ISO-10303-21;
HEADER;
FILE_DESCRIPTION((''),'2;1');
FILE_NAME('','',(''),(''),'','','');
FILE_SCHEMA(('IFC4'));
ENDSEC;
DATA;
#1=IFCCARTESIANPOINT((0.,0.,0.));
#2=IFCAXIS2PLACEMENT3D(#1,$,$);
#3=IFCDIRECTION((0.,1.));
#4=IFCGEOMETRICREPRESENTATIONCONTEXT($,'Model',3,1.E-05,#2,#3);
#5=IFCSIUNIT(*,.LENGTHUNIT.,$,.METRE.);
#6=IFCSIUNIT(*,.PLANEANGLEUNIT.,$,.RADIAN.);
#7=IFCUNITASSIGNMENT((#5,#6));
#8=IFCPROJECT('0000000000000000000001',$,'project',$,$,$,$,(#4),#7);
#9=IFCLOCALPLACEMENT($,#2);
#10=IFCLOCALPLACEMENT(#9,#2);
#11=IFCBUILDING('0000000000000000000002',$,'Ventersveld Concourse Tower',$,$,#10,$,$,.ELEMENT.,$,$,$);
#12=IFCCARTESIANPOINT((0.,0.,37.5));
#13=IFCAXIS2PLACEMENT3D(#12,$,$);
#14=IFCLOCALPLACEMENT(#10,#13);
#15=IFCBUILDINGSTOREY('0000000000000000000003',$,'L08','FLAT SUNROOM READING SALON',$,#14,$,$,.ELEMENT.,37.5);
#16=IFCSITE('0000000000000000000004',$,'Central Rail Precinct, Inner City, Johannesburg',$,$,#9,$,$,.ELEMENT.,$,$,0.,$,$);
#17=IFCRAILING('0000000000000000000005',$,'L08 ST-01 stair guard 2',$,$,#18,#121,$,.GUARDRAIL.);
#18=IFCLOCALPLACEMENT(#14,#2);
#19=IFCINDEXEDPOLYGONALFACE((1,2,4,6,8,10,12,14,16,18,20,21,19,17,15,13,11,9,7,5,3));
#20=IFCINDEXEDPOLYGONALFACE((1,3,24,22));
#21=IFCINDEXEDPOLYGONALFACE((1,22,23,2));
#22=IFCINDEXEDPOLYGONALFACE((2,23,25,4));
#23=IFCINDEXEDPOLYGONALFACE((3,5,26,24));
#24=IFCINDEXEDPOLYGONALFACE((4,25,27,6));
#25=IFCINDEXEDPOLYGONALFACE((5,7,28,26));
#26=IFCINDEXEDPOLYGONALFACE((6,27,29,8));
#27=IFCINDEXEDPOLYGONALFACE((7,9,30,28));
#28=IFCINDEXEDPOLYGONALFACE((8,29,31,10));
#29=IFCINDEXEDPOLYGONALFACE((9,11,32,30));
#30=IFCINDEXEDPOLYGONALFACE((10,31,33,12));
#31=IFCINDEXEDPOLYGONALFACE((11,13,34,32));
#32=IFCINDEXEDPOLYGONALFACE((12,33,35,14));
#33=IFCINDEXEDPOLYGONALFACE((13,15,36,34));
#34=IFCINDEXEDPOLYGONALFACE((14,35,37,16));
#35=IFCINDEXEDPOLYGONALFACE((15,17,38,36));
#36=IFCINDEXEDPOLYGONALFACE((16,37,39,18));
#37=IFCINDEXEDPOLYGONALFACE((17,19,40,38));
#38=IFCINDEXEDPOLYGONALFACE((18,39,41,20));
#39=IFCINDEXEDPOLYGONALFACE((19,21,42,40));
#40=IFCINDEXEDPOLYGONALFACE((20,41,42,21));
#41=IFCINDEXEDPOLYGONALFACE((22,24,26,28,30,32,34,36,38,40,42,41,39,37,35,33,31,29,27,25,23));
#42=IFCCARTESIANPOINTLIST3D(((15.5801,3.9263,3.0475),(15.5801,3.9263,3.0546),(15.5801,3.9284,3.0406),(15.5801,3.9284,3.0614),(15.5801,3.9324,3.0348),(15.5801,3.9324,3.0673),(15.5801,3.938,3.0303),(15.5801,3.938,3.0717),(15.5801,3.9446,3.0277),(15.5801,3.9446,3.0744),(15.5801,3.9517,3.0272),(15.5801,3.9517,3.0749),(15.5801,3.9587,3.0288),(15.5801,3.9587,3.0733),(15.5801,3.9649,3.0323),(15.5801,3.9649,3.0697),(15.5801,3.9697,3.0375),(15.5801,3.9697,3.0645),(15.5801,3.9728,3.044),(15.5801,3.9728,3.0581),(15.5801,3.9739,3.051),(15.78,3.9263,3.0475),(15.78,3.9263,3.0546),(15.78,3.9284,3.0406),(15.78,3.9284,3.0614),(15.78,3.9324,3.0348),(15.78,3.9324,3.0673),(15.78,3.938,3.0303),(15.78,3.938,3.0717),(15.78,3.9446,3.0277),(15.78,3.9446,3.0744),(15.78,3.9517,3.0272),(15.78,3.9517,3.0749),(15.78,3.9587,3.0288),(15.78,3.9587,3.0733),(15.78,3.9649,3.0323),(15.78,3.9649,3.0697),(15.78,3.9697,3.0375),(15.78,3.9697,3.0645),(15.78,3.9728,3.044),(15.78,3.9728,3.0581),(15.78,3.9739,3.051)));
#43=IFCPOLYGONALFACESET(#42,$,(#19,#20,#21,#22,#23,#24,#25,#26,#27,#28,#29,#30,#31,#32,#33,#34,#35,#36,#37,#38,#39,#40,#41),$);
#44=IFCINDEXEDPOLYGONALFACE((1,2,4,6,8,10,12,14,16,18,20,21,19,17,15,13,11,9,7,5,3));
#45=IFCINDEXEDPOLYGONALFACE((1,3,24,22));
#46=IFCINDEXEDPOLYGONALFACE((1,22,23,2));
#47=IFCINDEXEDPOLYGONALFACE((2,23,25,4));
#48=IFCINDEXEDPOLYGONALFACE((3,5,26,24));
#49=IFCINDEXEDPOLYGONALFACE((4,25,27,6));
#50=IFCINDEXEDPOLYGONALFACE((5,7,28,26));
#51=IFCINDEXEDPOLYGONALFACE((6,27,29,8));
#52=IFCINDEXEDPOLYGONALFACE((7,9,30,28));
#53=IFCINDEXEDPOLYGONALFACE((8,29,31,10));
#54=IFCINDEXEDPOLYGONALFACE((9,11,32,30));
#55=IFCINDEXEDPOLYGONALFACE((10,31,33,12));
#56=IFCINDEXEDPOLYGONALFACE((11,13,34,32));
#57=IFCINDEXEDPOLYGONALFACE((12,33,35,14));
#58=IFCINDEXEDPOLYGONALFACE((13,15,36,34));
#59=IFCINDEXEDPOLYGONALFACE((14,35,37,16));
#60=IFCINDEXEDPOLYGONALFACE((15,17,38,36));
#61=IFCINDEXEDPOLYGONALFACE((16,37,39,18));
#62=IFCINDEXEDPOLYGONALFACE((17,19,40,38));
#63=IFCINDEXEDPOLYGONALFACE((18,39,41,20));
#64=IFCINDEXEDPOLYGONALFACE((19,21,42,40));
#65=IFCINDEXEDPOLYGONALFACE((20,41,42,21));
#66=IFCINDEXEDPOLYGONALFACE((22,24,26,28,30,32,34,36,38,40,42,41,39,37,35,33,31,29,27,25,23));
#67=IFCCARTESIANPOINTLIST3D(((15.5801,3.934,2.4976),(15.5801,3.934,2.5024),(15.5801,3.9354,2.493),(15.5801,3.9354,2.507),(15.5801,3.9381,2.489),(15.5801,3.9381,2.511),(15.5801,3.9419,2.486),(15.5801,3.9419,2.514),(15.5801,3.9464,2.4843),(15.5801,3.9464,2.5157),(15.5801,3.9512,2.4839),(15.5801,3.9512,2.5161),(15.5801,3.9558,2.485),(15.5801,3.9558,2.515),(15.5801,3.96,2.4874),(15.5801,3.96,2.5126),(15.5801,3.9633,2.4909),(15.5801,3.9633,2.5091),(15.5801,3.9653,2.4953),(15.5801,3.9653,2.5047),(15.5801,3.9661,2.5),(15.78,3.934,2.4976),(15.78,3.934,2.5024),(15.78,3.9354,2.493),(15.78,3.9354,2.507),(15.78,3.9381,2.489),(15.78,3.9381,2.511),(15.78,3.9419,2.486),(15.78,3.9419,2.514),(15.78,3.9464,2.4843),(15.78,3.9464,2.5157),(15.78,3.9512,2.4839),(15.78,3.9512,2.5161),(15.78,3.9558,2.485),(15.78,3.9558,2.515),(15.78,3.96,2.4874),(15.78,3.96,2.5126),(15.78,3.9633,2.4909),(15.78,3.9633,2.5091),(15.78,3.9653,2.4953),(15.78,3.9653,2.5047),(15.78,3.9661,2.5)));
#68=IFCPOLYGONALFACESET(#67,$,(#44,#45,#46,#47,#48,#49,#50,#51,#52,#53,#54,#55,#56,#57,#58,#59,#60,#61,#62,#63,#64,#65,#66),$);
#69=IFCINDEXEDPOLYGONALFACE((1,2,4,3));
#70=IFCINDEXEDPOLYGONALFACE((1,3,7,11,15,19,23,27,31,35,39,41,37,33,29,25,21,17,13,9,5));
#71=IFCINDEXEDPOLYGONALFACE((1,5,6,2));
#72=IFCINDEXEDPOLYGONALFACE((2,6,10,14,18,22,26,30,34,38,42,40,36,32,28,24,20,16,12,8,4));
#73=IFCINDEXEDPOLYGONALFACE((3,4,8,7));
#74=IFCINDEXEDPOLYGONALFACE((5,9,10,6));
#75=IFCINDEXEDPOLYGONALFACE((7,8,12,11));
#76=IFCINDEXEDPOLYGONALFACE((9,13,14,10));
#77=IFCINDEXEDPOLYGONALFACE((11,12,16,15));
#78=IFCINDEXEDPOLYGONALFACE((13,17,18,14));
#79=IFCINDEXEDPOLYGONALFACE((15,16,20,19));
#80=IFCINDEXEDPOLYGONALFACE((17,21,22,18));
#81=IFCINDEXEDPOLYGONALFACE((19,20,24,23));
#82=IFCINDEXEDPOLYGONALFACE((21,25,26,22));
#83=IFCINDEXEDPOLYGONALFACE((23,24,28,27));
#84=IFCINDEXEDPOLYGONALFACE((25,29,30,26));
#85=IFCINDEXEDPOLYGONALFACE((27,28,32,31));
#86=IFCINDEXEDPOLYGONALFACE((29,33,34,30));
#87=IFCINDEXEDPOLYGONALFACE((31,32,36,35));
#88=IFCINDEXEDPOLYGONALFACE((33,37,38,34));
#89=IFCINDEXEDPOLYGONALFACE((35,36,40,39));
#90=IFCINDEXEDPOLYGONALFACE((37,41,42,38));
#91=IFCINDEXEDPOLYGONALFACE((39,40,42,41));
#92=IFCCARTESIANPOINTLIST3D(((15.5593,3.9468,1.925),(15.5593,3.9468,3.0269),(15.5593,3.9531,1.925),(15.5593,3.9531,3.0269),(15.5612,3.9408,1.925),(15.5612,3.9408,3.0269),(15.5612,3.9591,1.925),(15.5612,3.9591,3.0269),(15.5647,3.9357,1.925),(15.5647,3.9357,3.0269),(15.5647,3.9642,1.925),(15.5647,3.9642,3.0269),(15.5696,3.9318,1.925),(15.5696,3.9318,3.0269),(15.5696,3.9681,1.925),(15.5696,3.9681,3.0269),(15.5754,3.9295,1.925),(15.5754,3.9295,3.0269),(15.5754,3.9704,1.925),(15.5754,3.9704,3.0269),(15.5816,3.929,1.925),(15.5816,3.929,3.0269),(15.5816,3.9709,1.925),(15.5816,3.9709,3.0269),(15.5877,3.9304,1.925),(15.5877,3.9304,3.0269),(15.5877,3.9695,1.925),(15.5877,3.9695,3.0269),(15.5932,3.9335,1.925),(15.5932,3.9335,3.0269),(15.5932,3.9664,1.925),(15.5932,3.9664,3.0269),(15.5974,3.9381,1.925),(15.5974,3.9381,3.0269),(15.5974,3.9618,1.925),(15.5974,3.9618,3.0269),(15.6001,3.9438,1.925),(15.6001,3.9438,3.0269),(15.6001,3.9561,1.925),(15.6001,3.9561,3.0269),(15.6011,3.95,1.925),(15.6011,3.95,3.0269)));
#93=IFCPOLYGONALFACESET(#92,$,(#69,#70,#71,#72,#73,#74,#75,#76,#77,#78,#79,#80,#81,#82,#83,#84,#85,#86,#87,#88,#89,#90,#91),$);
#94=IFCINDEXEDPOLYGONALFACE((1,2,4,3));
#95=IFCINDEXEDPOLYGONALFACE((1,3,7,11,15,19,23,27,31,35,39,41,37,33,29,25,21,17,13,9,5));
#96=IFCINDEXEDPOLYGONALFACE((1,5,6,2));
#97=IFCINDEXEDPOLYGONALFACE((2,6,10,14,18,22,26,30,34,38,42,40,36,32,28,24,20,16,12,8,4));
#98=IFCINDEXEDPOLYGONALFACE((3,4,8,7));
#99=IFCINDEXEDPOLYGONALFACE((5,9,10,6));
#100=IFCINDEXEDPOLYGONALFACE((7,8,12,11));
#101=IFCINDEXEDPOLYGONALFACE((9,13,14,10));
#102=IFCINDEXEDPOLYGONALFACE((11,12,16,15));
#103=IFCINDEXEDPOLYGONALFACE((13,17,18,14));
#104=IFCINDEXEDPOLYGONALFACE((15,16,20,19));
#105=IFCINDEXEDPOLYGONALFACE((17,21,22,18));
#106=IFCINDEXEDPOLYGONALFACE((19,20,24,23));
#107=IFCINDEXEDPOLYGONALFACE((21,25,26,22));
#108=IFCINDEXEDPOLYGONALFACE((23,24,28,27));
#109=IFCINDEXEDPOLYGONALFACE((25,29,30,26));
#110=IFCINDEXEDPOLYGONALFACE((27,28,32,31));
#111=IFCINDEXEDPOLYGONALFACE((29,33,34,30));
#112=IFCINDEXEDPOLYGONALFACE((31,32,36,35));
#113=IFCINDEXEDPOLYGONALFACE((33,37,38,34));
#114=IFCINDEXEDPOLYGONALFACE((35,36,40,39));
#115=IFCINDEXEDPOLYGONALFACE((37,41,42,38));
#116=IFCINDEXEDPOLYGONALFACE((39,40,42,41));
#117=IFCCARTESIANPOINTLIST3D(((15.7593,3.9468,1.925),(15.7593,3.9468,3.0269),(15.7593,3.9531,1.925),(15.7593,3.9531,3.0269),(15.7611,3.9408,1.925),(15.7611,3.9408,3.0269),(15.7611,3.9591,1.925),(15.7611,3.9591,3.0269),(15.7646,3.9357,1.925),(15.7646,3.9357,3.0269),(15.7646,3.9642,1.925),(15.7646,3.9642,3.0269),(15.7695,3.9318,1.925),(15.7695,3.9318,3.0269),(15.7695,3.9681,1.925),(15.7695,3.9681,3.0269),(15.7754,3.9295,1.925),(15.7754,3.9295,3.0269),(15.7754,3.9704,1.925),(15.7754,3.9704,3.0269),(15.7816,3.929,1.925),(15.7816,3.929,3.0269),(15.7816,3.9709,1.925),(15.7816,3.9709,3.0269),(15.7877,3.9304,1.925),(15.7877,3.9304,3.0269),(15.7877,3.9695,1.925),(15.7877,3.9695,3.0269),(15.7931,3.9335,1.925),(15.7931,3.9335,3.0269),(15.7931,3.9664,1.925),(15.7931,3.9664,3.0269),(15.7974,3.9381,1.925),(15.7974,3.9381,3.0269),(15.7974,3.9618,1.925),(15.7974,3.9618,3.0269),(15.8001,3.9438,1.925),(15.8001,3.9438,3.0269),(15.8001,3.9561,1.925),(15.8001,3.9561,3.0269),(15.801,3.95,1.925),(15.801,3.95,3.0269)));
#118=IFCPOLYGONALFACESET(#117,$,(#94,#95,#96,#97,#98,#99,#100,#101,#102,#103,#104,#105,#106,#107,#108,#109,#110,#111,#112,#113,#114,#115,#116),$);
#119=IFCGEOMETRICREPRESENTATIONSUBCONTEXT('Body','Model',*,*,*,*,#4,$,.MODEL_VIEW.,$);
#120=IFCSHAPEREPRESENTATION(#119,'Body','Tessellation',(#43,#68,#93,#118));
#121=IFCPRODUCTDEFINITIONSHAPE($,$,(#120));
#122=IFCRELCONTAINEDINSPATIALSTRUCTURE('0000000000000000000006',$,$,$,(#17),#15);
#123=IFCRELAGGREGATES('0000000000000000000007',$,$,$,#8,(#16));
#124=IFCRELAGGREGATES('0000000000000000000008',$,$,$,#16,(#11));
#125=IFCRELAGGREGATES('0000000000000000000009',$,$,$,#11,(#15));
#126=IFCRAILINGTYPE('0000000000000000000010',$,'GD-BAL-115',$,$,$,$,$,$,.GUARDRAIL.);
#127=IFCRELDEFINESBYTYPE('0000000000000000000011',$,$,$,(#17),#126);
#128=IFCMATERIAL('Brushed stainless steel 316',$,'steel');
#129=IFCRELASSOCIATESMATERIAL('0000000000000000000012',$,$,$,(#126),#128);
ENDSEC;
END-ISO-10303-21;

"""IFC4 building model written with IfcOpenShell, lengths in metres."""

from ifc_helpers import new_model, si_unit, direction, frame, origin, origin_2d, place, context, subcontext, project, spatial, circle, extrude, material, type_object, element, save


model = new_model("IFC4")

# Units and contexts
model_context = context("Model", 3, precision=1e-05, world=origin(), true_north=direction((0.0, 1.0)))
body_context = subcontext(model_context, "Body", "Model", "MODEL_VIEW")
ifc_project = project(units=[si_unit("LENGTHUNIT", "METRE"), si_unit("PLANEANGLEUNIT", "RADIAN")], contexts=[model_context])

# Site, building, storey
site_placement = place(None, origin())
site = spatial("IfcSite", under=ifc_project, at=site_placement, Name="Central Rail Precinct, Inner City, Johannesburg", CompositionType="ELEMENT", RefElevation=0.0)
building_placement = place(site_placement, origin())
building = spatial("IfcBuilding", under=site, at=building_placement, Name="Ventersveld Concourse Tower", CompositionType="ELEMENT")
storey_placement = place(building_placement, frame((0.0, 0.0, 37.5)))
storey = spatial("IfcBuildingStorey", under=building, at=storey_placement, Name="L08", Description="FLAT SUNROOM READING SALON", CompositionType="ELEMENT", Elevation=37.5)

# Railing
ifc_material_1 = material(Name="Brushed stainless steel 316", Category="steel")
railing_type_1 = type_object("IfcRailingType", Name="GD-BAL-115", PredefinedType="GUARDRAIL", material=ifc_material_1)
railing_1_placement = place(storey_placement, frame((15.5801, 3.95, 1.925)))
element("IfcRailing", 1, at=railing_1_placement, inside=storey, type_object=railing_type_1, Name="L08 ST-01 stair guard 2", PredefinedType="GUARDRAIL", context=body_context, shape_type="SweptSolid", body=[
    extrude(circle(Radius=0.0239, at=origin_2d()), frame((0.0, 0.0, 1.126), z_axis=(1.0, 0.0, 0.0), x_axis=(0.0, 1.0, 0.0)), (0.0, 0.0, 1.0), 0.2),
    extrude(circle(Radius=0.0161, at=origin_2d()), frame((0.0, 0.0, 0.575), z_axis=(1.0, 0.0, 0.0), x_axis=(0.0, 1.0, 0.0)), (0.0, 0.0, 1.0), 0.2),
    extrude(circle(Radius=0.021, at=origin_2d()), origin(), (0.0, 0.0, 1.0), 1.1018),
    extrude(circle(Radius=0.021, at=origin_2d()), frame((0.2, 0.0, 0.0)), (0.0, 0.0, 1.0), 1.1018),
])

save(model, "model.ifc")
